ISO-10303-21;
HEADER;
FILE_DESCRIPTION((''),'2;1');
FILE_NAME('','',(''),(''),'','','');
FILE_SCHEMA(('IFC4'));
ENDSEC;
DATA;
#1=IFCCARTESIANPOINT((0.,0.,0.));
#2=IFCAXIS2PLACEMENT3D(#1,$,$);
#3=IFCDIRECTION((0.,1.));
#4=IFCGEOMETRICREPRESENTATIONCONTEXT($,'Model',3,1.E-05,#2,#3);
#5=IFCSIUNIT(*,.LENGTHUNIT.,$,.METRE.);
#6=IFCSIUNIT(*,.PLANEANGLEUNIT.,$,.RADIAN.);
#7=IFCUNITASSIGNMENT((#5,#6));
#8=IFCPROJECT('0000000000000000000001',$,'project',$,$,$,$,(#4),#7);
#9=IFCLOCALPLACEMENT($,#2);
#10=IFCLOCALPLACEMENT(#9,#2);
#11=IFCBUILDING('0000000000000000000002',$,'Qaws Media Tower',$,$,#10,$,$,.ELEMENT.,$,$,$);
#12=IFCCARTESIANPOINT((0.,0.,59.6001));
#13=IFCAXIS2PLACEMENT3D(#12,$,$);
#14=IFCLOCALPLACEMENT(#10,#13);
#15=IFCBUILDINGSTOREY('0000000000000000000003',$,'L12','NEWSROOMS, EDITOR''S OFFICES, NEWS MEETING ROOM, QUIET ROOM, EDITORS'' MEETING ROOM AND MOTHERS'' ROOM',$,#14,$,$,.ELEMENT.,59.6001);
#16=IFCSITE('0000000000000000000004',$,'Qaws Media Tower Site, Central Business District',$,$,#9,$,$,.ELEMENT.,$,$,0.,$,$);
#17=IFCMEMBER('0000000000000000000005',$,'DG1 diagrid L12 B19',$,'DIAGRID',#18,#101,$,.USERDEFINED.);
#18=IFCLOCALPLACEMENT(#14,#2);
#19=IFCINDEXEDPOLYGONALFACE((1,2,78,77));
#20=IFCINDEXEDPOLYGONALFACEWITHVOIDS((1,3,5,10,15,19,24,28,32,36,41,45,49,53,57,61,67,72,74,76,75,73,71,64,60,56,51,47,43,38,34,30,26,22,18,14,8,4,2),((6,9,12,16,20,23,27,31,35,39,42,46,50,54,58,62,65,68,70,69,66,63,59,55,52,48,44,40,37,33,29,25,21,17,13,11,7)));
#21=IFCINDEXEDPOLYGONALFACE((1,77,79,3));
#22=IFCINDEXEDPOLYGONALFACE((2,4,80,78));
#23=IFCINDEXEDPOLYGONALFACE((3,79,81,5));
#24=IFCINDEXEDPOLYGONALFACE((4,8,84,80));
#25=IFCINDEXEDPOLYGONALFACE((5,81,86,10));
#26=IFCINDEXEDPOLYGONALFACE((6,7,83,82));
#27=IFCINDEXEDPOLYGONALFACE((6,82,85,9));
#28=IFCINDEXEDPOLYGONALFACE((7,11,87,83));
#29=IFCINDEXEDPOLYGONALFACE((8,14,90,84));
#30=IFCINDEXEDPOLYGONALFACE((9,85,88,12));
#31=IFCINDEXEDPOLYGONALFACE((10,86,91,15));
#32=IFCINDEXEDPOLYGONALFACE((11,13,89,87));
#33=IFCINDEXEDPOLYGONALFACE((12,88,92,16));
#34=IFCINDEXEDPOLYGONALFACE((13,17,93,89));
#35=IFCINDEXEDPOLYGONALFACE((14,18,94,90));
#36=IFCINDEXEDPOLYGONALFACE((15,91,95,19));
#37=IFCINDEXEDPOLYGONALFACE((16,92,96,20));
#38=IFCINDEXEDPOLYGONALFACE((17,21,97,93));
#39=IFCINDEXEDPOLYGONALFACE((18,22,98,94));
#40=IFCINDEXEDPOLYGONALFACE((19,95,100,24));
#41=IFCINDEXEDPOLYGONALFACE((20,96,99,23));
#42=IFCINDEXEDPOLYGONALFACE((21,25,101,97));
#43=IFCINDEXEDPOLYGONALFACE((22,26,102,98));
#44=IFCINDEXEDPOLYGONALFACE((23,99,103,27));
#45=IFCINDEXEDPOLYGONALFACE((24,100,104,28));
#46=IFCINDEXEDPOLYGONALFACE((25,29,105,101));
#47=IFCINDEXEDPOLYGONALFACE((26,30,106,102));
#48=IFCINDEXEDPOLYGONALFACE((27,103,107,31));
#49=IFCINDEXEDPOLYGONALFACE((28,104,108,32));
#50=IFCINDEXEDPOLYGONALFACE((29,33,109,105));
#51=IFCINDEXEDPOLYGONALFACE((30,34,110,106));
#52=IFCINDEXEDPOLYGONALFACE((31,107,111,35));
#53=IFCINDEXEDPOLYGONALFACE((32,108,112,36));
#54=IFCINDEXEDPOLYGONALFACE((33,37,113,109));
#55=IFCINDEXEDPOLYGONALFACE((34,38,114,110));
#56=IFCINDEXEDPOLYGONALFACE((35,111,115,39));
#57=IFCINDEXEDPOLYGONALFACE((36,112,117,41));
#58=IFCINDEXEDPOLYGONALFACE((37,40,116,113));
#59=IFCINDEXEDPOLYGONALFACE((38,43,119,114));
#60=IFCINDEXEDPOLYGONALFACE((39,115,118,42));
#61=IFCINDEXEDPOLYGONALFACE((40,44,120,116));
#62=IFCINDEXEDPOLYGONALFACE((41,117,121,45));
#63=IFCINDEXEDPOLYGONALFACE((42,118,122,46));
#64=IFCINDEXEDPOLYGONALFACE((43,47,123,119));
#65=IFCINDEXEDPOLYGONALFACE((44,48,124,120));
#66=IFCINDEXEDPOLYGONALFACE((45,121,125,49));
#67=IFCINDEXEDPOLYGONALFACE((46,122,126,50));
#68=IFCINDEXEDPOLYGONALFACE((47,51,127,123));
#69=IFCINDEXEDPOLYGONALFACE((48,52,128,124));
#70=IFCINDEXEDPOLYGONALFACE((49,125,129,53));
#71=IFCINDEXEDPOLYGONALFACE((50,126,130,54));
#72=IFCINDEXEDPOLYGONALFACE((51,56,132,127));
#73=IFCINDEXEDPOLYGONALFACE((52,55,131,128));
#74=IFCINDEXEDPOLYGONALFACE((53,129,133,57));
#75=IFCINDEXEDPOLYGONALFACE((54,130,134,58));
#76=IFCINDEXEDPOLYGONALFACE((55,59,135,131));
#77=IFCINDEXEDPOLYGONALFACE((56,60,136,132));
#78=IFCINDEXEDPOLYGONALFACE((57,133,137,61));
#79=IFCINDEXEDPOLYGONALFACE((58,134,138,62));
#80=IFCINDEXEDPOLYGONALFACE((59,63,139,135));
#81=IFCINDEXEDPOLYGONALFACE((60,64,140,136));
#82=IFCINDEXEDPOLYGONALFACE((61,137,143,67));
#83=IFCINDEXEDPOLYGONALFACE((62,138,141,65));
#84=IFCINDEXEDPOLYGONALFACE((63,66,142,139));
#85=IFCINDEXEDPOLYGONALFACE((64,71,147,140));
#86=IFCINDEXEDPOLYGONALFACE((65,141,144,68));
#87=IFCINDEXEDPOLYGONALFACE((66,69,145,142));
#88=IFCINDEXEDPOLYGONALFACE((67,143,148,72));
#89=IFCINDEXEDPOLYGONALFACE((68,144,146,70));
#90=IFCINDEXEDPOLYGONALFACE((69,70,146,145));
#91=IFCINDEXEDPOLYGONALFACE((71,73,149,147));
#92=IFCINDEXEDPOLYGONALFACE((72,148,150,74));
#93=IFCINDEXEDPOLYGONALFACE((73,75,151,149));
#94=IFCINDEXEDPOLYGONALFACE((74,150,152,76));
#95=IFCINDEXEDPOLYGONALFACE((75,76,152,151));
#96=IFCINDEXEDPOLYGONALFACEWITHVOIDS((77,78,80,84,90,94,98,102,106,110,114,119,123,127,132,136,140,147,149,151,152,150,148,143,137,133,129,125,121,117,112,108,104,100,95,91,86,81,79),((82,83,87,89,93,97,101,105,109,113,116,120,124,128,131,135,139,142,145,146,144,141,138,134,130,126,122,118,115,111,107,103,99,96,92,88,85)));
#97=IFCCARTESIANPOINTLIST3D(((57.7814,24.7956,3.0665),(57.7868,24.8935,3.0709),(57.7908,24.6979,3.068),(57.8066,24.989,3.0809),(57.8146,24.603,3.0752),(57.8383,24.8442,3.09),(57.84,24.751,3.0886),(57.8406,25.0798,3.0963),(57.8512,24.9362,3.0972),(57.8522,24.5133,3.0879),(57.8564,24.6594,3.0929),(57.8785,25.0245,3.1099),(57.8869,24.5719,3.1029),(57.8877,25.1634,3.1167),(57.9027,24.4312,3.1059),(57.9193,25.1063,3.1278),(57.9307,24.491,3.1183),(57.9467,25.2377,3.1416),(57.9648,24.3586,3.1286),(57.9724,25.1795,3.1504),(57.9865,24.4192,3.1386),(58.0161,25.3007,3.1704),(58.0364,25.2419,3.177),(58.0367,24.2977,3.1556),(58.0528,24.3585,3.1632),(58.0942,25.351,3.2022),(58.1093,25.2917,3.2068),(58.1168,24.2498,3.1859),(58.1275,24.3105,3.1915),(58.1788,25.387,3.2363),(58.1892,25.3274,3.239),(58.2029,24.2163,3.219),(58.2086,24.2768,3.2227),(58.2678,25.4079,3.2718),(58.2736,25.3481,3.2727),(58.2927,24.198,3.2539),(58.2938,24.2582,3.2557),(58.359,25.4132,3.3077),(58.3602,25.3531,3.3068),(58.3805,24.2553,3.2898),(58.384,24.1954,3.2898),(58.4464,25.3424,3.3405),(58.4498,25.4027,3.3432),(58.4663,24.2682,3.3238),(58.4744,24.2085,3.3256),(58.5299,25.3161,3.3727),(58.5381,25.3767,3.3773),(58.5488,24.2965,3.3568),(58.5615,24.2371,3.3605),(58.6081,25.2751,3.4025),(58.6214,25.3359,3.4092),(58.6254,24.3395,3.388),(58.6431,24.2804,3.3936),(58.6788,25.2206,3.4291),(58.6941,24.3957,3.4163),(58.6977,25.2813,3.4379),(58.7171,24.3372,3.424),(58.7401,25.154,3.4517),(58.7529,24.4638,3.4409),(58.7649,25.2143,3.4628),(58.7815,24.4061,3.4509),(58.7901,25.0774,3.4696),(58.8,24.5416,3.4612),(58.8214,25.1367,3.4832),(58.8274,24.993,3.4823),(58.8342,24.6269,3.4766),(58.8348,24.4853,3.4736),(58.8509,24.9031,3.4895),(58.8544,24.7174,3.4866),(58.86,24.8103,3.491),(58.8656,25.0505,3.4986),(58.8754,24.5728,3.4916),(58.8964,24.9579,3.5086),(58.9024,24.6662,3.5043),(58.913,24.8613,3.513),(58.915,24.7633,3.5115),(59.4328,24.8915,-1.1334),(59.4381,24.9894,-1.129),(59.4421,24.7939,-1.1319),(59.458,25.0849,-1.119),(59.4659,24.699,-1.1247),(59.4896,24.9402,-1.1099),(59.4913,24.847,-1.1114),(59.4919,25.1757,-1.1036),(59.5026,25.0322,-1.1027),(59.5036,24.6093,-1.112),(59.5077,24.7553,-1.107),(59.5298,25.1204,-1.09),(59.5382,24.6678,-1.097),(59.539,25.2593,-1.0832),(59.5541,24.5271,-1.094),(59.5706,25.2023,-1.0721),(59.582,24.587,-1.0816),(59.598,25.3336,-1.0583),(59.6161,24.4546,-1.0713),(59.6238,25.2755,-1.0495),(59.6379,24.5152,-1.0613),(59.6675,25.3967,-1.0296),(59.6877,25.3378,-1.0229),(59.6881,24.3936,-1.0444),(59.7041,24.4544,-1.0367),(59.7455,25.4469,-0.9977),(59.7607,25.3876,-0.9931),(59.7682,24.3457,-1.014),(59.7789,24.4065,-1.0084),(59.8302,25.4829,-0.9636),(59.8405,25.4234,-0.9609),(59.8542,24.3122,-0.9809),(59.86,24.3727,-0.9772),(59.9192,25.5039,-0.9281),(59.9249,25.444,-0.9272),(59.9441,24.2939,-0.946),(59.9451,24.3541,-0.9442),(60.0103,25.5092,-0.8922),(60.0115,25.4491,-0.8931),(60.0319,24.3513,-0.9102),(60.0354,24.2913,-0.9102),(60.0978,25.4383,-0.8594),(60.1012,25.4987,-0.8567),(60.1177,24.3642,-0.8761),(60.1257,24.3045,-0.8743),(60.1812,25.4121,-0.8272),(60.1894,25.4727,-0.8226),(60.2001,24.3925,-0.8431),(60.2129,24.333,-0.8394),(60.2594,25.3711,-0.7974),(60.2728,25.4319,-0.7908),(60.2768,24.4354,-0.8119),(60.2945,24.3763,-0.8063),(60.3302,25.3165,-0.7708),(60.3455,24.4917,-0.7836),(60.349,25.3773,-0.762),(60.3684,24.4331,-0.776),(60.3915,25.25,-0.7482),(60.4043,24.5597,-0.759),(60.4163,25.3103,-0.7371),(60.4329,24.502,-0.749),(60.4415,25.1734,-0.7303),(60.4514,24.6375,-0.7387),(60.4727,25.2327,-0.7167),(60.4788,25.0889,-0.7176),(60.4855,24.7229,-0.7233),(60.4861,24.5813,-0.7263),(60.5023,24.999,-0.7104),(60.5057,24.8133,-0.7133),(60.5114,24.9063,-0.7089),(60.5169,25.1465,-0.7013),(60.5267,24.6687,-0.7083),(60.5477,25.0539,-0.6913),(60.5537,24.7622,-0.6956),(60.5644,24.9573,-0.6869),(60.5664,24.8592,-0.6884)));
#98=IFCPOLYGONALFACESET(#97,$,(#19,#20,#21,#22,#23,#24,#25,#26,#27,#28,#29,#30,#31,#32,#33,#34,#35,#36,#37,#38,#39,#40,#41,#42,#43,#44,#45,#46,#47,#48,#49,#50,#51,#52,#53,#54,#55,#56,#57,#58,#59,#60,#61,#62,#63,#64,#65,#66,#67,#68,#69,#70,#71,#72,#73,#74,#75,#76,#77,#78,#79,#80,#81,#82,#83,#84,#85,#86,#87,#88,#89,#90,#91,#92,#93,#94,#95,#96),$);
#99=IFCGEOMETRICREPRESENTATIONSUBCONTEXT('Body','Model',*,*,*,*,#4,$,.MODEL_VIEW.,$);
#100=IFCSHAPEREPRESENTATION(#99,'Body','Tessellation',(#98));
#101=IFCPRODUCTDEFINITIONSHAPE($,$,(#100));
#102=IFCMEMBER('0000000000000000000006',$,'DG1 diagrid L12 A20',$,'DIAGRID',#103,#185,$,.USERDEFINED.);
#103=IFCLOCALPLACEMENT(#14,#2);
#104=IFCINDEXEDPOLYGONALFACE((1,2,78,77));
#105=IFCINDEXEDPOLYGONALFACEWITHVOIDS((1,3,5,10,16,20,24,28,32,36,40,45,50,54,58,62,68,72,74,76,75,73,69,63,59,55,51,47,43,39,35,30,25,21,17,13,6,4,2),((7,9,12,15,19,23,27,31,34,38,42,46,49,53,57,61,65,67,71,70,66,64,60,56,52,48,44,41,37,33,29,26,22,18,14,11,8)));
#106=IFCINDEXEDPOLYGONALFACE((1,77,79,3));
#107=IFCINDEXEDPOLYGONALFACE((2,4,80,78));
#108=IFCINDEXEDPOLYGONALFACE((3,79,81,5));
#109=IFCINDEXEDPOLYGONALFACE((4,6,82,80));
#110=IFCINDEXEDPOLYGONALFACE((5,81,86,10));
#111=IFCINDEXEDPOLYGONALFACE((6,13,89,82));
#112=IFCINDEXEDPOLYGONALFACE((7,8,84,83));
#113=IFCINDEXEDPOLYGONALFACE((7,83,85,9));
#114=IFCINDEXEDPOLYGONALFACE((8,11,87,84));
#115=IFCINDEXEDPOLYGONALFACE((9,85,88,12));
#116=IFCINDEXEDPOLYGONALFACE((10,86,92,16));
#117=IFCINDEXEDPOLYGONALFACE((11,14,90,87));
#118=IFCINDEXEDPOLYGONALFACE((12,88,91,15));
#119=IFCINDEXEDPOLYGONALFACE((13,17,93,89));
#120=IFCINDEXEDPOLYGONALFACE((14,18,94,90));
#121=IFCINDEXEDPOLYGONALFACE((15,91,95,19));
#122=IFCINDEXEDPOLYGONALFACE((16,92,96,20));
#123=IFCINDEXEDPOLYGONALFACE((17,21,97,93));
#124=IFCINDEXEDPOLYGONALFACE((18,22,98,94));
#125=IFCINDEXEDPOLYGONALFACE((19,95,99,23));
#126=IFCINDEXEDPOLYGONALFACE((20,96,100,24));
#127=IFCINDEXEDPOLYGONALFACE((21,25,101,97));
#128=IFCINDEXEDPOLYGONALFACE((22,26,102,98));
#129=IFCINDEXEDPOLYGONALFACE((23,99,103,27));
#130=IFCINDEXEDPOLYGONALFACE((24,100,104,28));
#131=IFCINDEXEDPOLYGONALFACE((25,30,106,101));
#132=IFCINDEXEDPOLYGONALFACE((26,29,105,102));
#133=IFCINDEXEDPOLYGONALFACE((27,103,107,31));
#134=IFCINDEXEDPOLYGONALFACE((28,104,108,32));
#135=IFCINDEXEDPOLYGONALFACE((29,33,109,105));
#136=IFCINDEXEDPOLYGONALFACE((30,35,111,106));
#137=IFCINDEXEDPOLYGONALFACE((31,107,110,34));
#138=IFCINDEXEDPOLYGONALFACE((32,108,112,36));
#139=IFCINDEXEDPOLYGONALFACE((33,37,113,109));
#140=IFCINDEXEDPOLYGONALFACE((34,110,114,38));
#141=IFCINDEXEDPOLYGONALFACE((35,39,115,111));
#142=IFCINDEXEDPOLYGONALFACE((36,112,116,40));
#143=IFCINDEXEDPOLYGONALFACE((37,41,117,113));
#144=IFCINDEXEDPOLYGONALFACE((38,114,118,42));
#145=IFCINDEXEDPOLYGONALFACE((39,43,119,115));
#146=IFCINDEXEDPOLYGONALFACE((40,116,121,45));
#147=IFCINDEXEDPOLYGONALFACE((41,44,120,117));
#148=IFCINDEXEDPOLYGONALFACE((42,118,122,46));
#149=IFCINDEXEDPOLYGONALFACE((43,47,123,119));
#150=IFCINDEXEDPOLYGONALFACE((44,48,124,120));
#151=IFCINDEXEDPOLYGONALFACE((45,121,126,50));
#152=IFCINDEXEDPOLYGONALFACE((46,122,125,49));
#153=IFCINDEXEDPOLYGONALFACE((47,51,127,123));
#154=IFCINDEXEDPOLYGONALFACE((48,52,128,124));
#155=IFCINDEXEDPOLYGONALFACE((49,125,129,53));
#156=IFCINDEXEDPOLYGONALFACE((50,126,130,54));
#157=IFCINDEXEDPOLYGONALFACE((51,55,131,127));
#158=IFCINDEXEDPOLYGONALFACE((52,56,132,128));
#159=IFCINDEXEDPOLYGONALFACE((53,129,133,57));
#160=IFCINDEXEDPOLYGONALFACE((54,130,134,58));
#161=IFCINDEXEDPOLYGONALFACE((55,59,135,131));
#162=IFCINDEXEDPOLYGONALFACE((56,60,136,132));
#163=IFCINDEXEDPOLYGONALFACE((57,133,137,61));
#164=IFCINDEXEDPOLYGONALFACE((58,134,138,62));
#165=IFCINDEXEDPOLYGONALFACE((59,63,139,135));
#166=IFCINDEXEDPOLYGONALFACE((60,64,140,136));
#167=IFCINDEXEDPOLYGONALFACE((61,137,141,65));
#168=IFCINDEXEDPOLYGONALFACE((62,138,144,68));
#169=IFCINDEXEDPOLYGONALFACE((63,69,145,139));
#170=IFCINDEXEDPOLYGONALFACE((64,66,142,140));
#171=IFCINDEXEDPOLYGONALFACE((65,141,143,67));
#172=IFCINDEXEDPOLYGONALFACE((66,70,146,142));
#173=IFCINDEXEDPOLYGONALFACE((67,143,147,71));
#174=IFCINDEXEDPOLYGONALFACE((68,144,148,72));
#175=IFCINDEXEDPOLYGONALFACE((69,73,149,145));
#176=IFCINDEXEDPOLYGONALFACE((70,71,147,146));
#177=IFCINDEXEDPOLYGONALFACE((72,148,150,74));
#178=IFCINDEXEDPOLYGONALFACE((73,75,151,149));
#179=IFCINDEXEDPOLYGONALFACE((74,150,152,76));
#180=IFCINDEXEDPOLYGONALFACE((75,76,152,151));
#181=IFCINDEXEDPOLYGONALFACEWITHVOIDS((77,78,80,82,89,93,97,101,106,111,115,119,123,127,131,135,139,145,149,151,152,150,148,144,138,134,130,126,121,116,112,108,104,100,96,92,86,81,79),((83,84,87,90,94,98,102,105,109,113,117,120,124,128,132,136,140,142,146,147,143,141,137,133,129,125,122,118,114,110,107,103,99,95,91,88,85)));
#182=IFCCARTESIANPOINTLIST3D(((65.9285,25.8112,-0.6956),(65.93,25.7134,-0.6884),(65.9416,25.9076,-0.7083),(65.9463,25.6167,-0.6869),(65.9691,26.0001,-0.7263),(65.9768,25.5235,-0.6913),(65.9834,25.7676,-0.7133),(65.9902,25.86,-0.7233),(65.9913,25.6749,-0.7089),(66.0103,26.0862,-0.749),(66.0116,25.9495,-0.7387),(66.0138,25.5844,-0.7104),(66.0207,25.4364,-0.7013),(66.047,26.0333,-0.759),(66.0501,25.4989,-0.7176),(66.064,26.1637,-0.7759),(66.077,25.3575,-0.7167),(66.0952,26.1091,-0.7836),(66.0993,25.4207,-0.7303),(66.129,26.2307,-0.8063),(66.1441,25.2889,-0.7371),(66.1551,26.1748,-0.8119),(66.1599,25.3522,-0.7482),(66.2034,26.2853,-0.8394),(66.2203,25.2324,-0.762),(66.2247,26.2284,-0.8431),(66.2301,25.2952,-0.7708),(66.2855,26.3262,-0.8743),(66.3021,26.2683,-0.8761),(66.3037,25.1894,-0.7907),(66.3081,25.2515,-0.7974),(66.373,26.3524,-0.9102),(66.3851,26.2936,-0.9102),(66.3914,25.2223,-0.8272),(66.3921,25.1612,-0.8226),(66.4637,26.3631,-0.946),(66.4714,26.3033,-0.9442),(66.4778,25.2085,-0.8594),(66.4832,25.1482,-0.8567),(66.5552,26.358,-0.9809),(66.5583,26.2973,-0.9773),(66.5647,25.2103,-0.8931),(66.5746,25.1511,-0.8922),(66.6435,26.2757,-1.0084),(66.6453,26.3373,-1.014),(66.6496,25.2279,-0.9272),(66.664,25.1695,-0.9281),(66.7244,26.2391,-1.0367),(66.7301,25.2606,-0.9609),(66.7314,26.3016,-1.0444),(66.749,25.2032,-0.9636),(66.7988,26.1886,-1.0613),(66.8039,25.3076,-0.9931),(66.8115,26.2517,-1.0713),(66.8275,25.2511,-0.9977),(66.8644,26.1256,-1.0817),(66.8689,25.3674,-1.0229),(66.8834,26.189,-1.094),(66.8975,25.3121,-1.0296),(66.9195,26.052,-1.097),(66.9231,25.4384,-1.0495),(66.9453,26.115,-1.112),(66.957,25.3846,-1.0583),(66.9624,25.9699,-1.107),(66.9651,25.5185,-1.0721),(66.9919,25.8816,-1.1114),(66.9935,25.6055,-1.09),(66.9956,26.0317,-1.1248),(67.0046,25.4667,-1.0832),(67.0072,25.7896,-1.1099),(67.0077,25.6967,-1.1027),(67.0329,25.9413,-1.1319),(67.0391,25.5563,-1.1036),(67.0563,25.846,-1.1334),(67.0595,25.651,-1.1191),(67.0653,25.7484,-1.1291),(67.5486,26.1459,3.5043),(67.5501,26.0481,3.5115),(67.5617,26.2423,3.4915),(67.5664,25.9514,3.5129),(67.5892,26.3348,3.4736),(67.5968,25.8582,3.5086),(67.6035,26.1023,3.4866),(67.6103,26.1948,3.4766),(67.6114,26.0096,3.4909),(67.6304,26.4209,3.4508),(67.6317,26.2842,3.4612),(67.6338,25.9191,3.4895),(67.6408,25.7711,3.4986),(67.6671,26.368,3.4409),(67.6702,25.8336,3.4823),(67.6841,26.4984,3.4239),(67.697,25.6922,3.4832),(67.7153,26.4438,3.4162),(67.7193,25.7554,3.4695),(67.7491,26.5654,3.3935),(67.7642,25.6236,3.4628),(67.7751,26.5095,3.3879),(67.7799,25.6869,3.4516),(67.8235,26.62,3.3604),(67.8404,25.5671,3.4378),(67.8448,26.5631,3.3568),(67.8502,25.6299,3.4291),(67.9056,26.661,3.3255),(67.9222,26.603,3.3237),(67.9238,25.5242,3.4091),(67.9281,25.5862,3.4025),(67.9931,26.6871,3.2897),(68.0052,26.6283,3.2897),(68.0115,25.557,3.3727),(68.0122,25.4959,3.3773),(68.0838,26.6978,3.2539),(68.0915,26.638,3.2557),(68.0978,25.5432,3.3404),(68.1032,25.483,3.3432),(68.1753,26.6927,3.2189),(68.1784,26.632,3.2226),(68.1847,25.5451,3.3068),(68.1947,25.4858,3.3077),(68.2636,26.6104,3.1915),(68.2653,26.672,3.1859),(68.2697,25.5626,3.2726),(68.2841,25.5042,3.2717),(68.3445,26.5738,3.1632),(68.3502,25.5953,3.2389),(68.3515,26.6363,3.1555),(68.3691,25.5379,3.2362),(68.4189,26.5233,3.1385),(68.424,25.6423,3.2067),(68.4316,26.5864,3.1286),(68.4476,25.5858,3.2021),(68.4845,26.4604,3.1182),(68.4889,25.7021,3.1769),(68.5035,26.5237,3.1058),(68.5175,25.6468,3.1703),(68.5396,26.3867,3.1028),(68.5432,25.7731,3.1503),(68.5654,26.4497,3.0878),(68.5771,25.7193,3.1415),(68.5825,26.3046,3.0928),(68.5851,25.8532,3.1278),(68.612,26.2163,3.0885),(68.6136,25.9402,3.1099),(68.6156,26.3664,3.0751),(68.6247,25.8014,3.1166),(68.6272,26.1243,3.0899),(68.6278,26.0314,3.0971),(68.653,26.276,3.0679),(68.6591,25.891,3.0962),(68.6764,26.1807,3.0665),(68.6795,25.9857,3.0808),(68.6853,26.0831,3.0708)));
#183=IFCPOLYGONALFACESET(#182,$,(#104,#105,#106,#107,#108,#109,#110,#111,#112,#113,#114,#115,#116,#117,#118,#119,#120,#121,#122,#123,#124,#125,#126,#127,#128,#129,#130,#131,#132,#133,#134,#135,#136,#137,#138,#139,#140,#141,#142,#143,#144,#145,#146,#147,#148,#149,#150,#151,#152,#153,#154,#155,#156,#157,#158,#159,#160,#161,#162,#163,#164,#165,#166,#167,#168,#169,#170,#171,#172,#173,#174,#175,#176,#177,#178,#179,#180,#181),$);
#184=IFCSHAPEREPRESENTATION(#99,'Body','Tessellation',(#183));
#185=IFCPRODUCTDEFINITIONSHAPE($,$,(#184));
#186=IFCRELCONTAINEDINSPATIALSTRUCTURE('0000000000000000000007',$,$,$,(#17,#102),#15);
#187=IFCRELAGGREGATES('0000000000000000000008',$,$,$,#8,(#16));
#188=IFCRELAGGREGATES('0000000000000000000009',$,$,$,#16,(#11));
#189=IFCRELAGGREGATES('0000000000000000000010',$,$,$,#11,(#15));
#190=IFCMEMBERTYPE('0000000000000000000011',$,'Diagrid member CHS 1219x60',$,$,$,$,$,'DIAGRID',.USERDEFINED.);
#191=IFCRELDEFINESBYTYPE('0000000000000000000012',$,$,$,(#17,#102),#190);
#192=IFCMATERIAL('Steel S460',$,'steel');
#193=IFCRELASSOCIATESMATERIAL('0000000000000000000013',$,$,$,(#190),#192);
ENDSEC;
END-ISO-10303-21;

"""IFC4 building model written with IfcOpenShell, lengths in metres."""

from ifc_helpers import new_model, si_unit, direction, frame, origin, origin_2d, place, context, subcontext, project, spatial, hollow_circle, extrude, material, material_profile, profile_set, type_object, element, save


model = new_model("IFC4")

# Units and contexts
model_context = context("Model", 3, precision=1e-05, world=origin(), true_north=direction((0.0, 1.0)))
body_context = subcontext(model_context, "Body", "Model", "MODEL_VIEW")
ifc_project = project(units=[si_unit("LENGTHUNIT", "METRE"), si_unit("PLANEANGLEUNIT", "RADIAN")], contexts=[model_context])

# Site, building, storey
site_placement = place(None, origin())
site = spatial("IfcSite", under=ifc_project, at=site_placement, Name="Qaws Media Tower Site, Central Business District", CompositionType="ELEMENT", RefElevation=0.0)
building_placement = place(site_placement, origin())
building = spatial("IfcBuilding", under=site, at=building_placement, Name="Qaws Media Tower", CompositionType="ELEMENT")
storey_placement = place(building_placement, frame((0.0, 0.0, 59.6001)))
storey = spatial("IfcBuildingStorey", under=building, at=storey_placement, Name="L12", Description="NEWSROOMS, EDITOR'S OFFICES, NEWS MEETING ROOM, QUIET ROOM, EDITORS' MEETING ROOM AND MOTHERS' ROOM", CompositionType="ELEMENT", Elevation=59.6001)

# Members
ifc_material_1 = material(Name="Steel S460", Category="steel")
ifc_material_profile_1 = material_profile(ifc_material_1, hollow_circle(Radius=0.6096, WallThickness=0.0601, at=origin_2d()), Name="CHS 1219x60")
ifc_profile_set_1 = profile_set([ifc_material_profile_1], Name="Steel S460")
member_type_1 = type_object("IfcMemberType", Name="Diagrid member CHS 1219x60", ElementType="DIAGRID", PredefinedType="USERDEFINED", material=ifc_profile_set_1)
for number, where, z_axis, x_axis, name in (
    (1, (60.0, 24.8999, -0.9102), (-0.365836, -0.021256, 0.930437), (0.058004, -0.998316, 0.0), "DG1 diagrid L12 B19"),
    (2, (66.4963, 25.7554, -0.9102), (0.358908, 0.07415, 0.930423), (-0.202327, 0.979318, 0.0), "DG1 diagrid L12 A20"),
):
    element("IfcMember", number, at=place(storey_placement, frame(where, z_axis=z_axis, x_axis=x_axis)), inside=storey, type_object=member_type_1, Name=name, ObjectType="DIAGRID", PredefinedType="USERDEFINED", context=body_context, shape_type="SweptSolid", body=[
        extrude(hollow_circle(Radius=0.6096, WallThickness=0.0601, at=origin_2d()), origin(), (0.0, 0.0, 1.0), 4.5139),
    ])

save(model, "model.ifc")
